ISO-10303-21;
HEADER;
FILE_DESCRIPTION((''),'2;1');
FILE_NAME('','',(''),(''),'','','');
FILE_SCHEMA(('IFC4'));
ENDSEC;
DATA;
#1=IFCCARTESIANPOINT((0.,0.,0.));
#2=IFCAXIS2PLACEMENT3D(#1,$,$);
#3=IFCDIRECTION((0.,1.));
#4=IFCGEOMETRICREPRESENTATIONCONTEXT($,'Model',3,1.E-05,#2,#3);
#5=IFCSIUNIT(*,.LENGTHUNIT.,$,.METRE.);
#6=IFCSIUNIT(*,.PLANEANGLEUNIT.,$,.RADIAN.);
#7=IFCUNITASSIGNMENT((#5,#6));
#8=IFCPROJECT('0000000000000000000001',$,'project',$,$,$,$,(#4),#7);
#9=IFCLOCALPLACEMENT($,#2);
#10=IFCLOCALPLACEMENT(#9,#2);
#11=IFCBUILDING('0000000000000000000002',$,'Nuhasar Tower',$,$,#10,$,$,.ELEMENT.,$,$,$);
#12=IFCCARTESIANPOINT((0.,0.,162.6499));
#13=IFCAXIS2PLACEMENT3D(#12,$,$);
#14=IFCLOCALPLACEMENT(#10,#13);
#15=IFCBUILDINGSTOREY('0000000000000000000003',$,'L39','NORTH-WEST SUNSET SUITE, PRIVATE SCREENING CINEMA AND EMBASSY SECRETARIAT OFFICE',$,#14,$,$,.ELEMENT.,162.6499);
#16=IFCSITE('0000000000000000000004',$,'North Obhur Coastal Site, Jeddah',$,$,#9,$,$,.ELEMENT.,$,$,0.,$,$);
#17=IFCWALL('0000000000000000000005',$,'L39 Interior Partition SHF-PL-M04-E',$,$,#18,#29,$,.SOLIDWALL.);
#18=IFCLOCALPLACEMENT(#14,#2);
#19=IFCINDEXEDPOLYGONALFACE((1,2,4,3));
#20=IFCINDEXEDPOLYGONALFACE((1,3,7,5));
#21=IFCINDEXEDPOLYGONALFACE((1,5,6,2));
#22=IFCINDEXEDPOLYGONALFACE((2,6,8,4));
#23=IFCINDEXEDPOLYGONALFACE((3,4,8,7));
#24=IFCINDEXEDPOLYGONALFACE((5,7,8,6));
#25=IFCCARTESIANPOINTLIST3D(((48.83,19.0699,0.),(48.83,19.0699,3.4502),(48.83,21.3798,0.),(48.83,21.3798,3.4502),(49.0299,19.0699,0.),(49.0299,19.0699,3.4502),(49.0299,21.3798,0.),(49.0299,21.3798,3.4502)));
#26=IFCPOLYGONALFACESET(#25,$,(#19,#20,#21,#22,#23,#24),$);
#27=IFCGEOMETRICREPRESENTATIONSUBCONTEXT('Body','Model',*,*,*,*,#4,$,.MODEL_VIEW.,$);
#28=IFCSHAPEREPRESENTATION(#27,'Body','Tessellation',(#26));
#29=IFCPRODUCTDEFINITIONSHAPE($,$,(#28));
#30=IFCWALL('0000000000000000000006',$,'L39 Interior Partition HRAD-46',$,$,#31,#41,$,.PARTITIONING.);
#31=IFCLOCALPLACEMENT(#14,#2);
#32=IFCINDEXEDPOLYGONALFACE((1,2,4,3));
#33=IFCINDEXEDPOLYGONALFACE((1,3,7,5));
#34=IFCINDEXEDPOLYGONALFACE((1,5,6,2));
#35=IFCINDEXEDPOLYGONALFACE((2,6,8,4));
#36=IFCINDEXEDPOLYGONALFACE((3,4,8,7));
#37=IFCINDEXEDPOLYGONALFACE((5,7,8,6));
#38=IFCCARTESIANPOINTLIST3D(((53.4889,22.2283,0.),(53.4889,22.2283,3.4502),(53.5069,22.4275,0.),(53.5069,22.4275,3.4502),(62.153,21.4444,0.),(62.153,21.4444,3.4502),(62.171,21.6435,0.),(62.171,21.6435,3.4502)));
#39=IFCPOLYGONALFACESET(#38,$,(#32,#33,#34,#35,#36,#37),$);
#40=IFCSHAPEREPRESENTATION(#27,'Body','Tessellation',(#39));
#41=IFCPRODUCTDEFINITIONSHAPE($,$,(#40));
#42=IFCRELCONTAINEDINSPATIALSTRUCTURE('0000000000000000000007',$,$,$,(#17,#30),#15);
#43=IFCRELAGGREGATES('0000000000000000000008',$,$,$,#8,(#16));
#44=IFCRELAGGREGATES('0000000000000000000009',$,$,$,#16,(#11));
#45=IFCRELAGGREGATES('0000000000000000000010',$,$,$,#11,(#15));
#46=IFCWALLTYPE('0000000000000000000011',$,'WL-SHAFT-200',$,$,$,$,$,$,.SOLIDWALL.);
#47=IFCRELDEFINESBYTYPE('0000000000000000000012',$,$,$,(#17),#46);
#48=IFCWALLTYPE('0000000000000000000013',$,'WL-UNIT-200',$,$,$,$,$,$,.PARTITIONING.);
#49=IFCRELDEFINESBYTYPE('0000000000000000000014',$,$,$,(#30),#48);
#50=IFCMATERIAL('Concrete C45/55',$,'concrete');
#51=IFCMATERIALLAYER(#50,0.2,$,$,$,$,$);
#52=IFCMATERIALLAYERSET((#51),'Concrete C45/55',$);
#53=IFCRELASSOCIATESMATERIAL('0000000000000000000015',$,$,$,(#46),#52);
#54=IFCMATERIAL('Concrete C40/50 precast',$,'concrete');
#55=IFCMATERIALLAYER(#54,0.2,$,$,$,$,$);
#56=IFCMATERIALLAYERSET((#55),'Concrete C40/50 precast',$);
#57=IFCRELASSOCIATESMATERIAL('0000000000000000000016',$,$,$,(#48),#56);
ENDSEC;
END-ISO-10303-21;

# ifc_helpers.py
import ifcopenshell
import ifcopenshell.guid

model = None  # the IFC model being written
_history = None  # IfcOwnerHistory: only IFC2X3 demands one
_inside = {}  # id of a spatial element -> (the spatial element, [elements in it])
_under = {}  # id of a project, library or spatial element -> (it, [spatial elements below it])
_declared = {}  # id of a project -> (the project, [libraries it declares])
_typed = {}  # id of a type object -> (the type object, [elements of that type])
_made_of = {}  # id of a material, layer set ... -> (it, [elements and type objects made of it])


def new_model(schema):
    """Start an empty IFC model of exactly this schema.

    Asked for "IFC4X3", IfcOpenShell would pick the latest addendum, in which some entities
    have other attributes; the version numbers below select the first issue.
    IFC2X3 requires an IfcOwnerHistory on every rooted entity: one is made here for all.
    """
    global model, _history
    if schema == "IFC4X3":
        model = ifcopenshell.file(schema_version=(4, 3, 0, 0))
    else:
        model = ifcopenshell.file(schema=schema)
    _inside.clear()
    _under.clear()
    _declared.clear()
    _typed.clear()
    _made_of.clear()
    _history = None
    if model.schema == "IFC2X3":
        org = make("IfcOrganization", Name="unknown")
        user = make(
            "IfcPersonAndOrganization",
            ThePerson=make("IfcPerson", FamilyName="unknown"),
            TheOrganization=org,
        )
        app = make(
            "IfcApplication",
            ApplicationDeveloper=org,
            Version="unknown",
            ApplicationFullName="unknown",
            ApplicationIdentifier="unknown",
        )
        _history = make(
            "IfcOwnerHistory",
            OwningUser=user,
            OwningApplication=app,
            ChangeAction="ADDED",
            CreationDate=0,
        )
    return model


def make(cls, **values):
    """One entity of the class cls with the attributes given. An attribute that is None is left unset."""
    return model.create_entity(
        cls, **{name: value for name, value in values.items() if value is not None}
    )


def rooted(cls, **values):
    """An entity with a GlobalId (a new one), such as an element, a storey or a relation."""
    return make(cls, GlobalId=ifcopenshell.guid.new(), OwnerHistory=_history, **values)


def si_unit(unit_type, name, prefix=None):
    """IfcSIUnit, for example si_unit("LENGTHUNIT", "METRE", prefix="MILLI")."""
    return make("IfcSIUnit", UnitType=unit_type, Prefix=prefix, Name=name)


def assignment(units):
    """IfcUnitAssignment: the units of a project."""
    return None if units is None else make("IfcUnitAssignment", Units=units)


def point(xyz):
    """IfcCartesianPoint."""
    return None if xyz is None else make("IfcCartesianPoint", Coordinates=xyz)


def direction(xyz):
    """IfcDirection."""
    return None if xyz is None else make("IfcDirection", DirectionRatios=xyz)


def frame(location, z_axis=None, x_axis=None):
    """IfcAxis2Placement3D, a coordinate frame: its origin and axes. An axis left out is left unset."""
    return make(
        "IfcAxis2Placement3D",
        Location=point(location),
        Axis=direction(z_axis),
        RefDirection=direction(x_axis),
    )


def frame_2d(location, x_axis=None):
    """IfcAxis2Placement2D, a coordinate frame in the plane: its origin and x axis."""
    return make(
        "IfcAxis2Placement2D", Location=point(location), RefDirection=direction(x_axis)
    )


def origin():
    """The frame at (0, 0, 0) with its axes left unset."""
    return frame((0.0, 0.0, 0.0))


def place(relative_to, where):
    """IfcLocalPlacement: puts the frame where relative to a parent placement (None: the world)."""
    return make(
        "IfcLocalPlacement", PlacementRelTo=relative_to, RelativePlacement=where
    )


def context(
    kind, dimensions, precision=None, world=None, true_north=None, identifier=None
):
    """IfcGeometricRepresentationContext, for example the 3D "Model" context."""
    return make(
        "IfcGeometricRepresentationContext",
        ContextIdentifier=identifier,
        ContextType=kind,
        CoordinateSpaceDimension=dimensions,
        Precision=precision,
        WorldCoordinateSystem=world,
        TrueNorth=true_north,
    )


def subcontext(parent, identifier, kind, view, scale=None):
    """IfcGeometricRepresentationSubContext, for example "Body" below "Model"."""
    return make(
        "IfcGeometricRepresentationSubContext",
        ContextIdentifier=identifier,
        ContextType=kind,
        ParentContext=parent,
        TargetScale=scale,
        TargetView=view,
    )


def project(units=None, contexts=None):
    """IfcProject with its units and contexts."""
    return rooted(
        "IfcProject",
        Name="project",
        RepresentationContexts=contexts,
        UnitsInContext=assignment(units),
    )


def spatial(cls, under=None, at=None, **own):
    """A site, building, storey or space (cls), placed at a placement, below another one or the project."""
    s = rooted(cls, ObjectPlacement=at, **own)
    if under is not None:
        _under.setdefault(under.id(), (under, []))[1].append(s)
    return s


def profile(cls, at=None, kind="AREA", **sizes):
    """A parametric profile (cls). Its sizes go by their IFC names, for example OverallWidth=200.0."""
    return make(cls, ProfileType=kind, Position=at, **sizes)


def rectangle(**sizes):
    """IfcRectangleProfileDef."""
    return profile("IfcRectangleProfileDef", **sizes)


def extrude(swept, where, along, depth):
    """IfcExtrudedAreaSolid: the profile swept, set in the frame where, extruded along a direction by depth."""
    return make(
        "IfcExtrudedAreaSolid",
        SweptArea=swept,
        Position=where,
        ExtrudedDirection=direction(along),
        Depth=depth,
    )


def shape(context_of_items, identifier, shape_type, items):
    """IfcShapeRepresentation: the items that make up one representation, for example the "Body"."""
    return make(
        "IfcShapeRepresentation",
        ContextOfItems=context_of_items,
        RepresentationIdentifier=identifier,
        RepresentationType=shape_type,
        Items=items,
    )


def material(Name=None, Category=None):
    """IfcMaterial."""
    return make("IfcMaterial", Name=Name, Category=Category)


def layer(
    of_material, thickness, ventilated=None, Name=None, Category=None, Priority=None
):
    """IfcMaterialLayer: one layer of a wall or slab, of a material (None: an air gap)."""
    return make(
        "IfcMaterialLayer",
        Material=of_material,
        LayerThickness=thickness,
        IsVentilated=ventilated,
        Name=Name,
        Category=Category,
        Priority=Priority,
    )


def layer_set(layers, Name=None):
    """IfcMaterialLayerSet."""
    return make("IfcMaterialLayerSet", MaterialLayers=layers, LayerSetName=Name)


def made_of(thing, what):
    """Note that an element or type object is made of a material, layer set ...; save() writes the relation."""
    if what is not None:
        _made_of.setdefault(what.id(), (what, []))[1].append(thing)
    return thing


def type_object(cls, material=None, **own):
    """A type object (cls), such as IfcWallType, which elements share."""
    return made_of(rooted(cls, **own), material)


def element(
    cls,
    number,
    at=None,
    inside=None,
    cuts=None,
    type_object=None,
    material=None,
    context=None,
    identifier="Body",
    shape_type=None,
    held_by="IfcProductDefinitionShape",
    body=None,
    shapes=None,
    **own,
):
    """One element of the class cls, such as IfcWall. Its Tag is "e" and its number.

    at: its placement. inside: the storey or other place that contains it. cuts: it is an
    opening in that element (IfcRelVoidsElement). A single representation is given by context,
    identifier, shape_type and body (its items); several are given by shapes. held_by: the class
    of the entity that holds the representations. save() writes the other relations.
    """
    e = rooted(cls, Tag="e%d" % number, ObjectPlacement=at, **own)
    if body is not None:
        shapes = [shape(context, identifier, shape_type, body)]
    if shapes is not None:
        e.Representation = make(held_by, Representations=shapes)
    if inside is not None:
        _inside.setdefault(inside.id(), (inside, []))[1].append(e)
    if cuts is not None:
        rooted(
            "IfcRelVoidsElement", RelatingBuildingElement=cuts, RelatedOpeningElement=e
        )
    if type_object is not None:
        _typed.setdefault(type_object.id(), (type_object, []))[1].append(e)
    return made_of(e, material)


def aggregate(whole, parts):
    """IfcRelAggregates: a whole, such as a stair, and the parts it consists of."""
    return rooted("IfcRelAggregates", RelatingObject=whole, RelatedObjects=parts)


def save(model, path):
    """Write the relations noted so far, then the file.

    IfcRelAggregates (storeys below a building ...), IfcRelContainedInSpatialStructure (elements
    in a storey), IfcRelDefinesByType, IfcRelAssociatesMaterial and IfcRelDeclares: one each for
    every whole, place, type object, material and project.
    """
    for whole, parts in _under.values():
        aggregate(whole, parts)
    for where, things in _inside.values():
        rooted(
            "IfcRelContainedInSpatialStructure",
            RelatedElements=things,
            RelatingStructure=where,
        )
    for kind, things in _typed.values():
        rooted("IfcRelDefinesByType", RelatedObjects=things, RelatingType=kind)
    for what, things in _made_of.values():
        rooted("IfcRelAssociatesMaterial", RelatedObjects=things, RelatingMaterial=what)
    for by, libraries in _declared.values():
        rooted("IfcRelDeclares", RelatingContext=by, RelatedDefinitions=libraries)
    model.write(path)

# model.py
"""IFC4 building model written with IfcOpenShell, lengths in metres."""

from ifc_helpers import new_model, si_unit, direction, frame, frame_2d, origin, place, context, subcontext, project, spatial, rectangle, extrude, material, layer, layer_set, type_object, element, save


model = new_model("IFC4")

# Units and contexts
model_context = context("Model", 3, precision=1e-05, world=origin(), true_north=direction((0.0, 1.0)))
body_context = subcontext(model_context, "Body", "Model", "MODEL_VIEW")
ifc_project = project(units=[si_unit("LENGTHUNIT", "METRE"), si_unit("PLANEANGLEUNIT", "RADIAN")], contexts=[model_context])

# Site, building, storey
site_placement = place(None, origin())
site = spatial("IfcSite", under=ifc_project, at=site_placement, Name="North Obhur Coastal Site, Jeddah", CompositionType="ELEMENT", RefElevation=0.0)
building_placement = place(site_placement, origin())
building = spatial("IfcBuilding", under=site, at=building_placement, Name="Nuhasar Tower", CompositionType="ELEMENT")
storey_placement = place(building_placement, frame((0.0, 0.0, 162.6499)))
storey = spatial("IfcBuildingStorey", under=building, at=storey_placement, Name="L39", Description="NORTH-WEST SUNSET SUITE, PRIVATE SCREENING CINEMA AND EMBASSY SECRETARIAT OFFICE", CompositionType="ELEMENT", Elevation=162.6499)

# Shared definitions
ifc_material_1 = material(Name="Concrete C45/55", Category="concrete")

# Shared definitions
ifc_layer_1 = layer(ifc_material_1, 0.2)
ifc_layer_set_1 = layer_set([ifc_layer_1], Name="Concrete C45/55")
wall_type_1 = type_object("IfcWallType", Name="WL-SHAFT-200", PredefinedType="SOLIDWALL", material=ifc_layer_set_1)

# Walls
wall_1_placement = place(storey_placement, frame((48.9299, 19.0701, 0.0), z_axis=(0.0, 0.0, 1.0), x_axis=(0.0, 1.0, 0.0)))
element("IfcWall", 1, at=wall_1_placement, inside=storey, type_object=wall_type_1, Name="L39 Interior Partition SHF-PL-M04-E", PredefinedType="SOLIDWALL", context=body_context, shape_type="SweptSolid", body=[
    extrude(rectangle(XDim=2.3098, YDim=0.2, at=frame_2d((1.1548, 0.0))), origin(), (0.0, 0.0, 1.0), 3.4502),
])
ifc_material_2 = material(Name="Concrete C40/50 precast", Category="concrete")
ifc_layer_2 = layer(ifc_material_2, 0.2)
ifc_layer_set_2 = layer_set([ifc_layer_2], Name="Concrete C40/50 precast")
wall_type_2 = type_object("IfcWallType", Name="WL-UNIT-200", PredefinedType="PARTITIONING", material=ifc_layer_set_2)
wall_2_placement = place(storey_placement, frame((53.498, 22.3279, 0.0), z_axis=(0.0, 0.0, 1.0), x_axis=(0.995932, -0.090113, 0.0)))
element("IfcWall", 2, at=wall_2_placement, inside=storey, type_object=wall_type_2, Name="L39 Interior Partition HRAD-46", PredefinedType="PARTITIONING", context=body_context, shape_type="SweptSolid", body=[
    extrude(rectangle(XDim=8.6995, YDim=0.2, at=frame_2d((4.3496, 0.0))), origin(), (0.0, 0.0, 1.0), 3.4502),
])

save(model, "model.ifc")
